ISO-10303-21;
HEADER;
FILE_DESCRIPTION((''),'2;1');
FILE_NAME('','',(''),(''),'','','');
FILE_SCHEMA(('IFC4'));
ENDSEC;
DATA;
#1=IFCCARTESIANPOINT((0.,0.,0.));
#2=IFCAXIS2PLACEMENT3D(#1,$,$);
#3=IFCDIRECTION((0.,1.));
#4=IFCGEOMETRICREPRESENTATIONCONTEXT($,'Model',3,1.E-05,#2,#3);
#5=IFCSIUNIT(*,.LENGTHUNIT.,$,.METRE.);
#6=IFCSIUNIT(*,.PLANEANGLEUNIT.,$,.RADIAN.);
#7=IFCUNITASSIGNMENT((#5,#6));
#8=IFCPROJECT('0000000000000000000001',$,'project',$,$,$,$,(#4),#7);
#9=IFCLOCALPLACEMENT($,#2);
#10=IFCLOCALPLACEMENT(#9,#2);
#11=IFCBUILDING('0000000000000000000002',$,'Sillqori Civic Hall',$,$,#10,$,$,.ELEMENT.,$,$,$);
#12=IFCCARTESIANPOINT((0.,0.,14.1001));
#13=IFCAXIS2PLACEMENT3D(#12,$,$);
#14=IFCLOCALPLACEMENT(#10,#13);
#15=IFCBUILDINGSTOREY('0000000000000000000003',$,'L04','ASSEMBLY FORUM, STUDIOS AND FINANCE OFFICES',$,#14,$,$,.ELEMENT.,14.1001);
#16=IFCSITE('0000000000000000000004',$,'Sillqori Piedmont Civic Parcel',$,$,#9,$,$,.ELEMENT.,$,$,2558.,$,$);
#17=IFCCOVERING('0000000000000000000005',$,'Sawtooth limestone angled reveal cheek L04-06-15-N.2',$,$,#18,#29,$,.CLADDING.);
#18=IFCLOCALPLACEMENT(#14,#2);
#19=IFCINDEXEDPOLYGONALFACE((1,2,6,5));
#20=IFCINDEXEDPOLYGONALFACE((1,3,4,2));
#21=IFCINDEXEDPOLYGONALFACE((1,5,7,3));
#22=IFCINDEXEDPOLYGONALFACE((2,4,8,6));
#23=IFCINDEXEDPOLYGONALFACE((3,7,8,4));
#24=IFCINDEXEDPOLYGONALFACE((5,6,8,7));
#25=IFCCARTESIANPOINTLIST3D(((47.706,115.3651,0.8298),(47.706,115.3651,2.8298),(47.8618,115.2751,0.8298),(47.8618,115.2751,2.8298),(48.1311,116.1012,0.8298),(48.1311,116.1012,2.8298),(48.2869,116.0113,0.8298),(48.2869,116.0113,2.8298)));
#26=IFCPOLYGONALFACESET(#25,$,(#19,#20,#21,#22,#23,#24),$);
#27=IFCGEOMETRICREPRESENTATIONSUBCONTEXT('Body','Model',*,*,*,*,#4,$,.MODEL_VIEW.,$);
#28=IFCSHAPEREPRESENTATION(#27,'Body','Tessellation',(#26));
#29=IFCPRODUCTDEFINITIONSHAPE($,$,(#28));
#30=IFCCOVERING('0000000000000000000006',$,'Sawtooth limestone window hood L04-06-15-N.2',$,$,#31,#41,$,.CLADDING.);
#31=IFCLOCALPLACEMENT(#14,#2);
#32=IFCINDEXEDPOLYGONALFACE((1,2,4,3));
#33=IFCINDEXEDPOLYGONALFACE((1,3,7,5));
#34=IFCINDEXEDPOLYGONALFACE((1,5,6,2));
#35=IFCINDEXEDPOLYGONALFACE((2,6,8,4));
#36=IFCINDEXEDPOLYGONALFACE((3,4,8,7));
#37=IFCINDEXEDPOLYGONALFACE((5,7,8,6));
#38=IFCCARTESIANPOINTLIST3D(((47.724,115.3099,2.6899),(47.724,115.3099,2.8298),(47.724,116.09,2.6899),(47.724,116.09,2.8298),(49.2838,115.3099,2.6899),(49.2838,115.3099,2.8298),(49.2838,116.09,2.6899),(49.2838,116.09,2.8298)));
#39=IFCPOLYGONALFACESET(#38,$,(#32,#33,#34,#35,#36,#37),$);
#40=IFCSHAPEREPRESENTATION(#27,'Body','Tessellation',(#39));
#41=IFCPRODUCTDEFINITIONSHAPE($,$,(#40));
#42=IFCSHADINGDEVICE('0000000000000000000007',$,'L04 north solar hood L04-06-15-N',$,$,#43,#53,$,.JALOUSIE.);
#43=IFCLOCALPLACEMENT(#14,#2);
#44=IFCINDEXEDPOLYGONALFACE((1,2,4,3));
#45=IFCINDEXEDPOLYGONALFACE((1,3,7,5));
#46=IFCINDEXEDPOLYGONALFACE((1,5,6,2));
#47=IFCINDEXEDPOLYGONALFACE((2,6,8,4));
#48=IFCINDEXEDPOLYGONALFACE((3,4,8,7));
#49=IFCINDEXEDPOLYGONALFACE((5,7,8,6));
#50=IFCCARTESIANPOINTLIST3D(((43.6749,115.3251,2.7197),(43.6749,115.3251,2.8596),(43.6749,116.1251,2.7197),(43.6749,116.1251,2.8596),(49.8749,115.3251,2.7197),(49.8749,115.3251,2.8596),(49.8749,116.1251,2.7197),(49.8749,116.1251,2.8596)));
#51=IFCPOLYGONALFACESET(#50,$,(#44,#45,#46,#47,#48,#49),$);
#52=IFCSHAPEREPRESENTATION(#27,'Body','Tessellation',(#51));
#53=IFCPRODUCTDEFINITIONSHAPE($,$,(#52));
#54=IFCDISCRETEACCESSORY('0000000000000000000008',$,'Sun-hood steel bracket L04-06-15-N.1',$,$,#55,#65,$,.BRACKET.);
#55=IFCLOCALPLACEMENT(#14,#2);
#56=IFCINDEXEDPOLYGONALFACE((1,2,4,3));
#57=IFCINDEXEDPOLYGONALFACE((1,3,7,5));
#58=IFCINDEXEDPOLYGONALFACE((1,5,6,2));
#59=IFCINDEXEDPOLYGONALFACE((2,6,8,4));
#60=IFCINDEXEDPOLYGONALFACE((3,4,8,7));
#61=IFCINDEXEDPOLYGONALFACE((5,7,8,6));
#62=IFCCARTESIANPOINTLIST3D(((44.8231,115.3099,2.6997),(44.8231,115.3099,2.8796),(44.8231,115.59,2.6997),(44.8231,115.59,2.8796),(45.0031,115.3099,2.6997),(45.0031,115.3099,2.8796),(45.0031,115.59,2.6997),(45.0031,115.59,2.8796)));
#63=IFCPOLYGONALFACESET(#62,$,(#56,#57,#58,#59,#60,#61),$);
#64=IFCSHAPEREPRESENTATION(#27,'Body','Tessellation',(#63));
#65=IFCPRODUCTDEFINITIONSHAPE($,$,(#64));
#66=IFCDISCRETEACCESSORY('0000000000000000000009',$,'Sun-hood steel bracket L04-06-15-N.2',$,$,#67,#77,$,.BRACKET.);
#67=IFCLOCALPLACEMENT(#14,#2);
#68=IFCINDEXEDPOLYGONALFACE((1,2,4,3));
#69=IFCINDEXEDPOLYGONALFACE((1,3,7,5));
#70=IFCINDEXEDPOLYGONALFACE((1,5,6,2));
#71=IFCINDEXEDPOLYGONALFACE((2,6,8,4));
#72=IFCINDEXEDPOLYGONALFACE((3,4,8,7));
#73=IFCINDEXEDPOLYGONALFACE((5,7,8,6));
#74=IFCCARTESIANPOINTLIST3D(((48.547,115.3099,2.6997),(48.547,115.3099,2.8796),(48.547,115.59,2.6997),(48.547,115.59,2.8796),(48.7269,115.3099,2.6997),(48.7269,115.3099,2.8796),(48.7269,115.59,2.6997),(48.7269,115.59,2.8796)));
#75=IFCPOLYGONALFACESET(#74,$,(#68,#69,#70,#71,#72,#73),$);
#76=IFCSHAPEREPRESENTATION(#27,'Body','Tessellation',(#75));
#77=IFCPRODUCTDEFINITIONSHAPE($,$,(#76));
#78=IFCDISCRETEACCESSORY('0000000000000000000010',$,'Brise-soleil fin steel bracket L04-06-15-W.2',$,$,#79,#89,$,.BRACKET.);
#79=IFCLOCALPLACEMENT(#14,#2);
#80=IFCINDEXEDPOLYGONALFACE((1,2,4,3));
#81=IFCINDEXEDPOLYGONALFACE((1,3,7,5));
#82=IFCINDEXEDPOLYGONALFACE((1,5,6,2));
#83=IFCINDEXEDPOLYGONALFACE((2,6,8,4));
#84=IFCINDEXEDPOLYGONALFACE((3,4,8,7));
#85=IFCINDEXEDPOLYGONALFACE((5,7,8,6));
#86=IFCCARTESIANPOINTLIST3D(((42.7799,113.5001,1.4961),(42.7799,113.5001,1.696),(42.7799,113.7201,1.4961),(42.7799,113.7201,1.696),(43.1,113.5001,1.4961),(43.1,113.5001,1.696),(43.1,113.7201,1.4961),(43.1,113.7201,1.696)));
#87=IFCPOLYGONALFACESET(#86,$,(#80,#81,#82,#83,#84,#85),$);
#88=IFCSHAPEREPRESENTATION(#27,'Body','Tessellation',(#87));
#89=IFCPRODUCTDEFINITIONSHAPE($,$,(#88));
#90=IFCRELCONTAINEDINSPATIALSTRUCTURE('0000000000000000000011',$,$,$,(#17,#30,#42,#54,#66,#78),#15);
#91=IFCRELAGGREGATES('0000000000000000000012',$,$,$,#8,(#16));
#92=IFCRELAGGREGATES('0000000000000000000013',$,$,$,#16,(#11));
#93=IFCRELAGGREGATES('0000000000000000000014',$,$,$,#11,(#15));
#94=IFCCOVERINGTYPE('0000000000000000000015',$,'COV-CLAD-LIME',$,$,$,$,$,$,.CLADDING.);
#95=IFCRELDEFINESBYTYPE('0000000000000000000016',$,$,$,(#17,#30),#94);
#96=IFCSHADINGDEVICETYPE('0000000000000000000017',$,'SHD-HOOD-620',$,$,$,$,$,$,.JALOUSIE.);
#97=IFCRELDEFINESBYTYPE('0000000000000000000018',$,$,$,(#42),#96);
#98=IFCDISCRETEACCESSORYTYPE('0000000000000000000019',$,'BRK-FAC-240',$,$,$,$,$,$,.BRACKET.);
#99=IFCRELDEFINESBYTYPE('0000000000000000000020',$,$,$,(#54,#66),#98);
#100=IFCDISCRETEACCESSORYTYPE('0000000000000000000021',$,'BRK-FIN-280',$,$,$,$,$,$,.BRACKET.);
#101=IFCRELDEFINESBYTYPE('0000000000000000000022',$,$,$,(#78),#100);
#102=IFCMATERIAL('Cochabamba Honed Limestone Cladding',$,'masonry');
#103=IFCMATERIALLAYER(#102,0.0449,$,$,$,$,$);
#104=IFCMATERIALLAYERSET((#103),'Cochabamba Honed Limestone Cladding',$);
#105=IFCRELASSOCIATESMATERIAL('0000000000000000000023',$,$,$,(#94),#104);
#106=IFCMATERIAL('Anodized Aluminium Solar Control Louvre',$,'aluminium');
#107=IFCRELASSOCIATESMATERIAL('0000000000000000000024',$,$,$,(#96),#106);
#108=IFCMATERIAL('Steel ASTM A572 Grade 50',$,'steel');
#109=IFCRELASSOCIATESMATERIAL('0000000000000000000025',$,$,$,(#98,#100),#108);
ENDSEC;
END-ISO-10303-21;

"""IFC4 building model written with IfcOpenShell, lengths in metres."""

from ifc_helpers import new_model, si_unit, direction, frame, frame_2d, origin, origin_2d, place, context, subcontext, project, spatial, rectangle, extrude, material, layer, layer_set, type_object, element, save


model = new_model("IFC4")

# Units and contexts
model_context = context("Model", 3, precision=1e-05, world=origin(), true_north=direction((0.0, 1.0)))
body_context = subcontext(model_context, "Body", "Model", "MODEL_VIEW")
ifc_project = project(units=[si_unit("LENGTHUNIT", "METRE"), si_unit("PLANEANGLEUNIT", "RADIAN")], contexts=[model_context])

# Site, building, storey
site_placement = place(None, origin())
site = spatial("IfcSite", under=ifc_project, at=site_placement, Name="Sillqori Piedmont Civic Parcel", CompositionType="ELEMENT", RefElevation=2558.0)
building_placement = place(site_placement, origin())
building = spatial("IfcBuilding", under=site, at=building_placement, Name="Sillqori Civic Hall", CompositionType="ELEMENT")
storey_placement = place(building_placement, frame((0.0, 0.0, 14.1001)))
storey = spatial("IfcBuildingStorey", under=building, at=storey_placement, Name="L04", Description="ASSEMBLY FORUM, STUDIOS AND FINANCE OFFICES", CompositionType="ELEMENT", Elevation=14.1001)

# Coverings
ifc_material_1 = material(Name="Cochabamba Honed Limestone Cladding", Category="masonry")
ifc_layer_1 = layer(ifc_material_1, 0.0449)
ifc_layer_set_1 = layer_set([ifc_layer_1], Name="Cochabamba Honed Limestone Cladding")
covering_type = type_object("IfcCoveringType", Name="COV-CLAD-LIME", PredefinedType="CLADDING", material=ifc_layer_set_1)
covering_1_placement = place(storey_placement, frame((47.7839, 115.3201, 0.8298), z_axis=(0.0, 0.0, 1.0), x_axis=(0.500062, 0.865989, 0.0)))
element("IfcCovering", 1, at=covering_1_placement, inside=storey, type_object=covering_type, Name="Sawtooth limestone angled reveal cheek L04-06-15-N.2", PredefinedType="CLADDING", context=body_context, shape_type="SweptSolid", body=[
    extrude(rectangle(XDim=0.8501, YDim=0.1799, at=frame_2d((0.425, 0.0))), origin(), (0.0, 0.0, 1.0), 2.0),
])
covering_2_placement = place(storey_placement, frame((47.7241, 115.7, 2.6899), z_axis=(0.0, 0.0, 1.0), x_axis=(1.0, 0.0, 0.0)))
element("IfcCovering", 2, at=covering_2_placement, inside=storey, type_object=covering_type, Name="Sawtooth limestone window hood L04-06-15-N.2", PredefinedType="CLADDING", context=body_context, shape_type="SweptSolid", body=[
    extrude(rectangle(XDim=1.5598, YDim=0.78, at=frame_2d((0.7798, 0.0))), origin(), (0.0, 0.0, 1.0), 0.1399),
])

# Shading device
ifc_material_2 = material(Name="Anodized Aluminium Solar Control Louvre", Category="aluminium")
shading_device_type = type_object("IfcShadingDeviceType", Name="SHD-HOOD-620", PredefinedType="JALOUSIE", material=ifc_material_2)
shading_device_placement = place(storey_placement, frame((46.7749, 115.7251, 2.7197), z_axis=(0.0, 0.0, 1.0), x_axis=(1.0, 0.0, 0.0)))
element("IfcShadingDevice", 3, at=shading_device_placement, inside=storey, type_object=shading_device_type, Name="L04 north solar hood L04-06-15-N", PredefinedType="JALOUSIE", context=body_context, shape_type="SweptSolid", body=[
    extrude(rectangle(XDim=6.2, YDim=0.8, at=origin_2d()), origin(), (0.0, 0.0, 1.0), 0.1399),
])

# Discrete accessories
ifc_material_3 = material(Name="Steel ASTM A572 Grade 50", Category="steel")
discrete_accessory_type_1 = type_object("IfcDiscreteAccessoryType", Name="BRK-FAC-240", PredefinedType="BRACKET", material=ifc_material_3)
for number, where, z_axis, x_axis, name in (
    (4, (44.9131, 115.45, 2.6997), (0.0, 0.0, 1.0), (1.0, 0.0, 0.0), "Sun-hood steel bracket L04-06-15-N.1"),
    (5, (48.637, 115.45, 2.6997), (0.0, 0.0, 1.0), (1.0, 0.0, 0.0), "Sun-hood steel bracket L04-06-15-N.2"),
):
    element("IfcDiscreteAccessory", number, at=place(storey_placement, frame(where, z_axis=z_axis, x_axis=x_axis)), inside=storey, type_object=discrete_accessory_type_1, Name=name, PredefinedType="BRACKET", context=body_context, shape_type="SweptSolid", body=[
        extrude(rectangle(XDim=0.1799, YDim=0.28, at=origin_2d()), origin(), (0.0, 0.0, 1.0), 0.1799),
    ])
discrete_accessory_type_2 = type_object("IfcDiscreteAccessoryType", Name="BRK-FIN-280", PredefinedType="BRACKET", material=ifc_material_3)
discrete_accessory_placement = place(storey_placement, frame((42.9399, 113.6101, 1.4961), z_axis=(0.0, 0.0, 1.0), x_axis=(0.0, 1.0, 0.0)))
element("IfcDiscreteAccessory", 6, at=discrete_accessory_placement, inside=storey, type_object=discrete_accessory_type_2, Name="Brise-soleil fin steel bracket L04-06-15-W.2", PredefinedType="BRACKET", context=body_context, shape_type="SweptSolid", body=[
    extrude(rectangle(XDim=0.22, YDim=0.3201, at=origin_2d()), origin(), (0.0, 0.0, 1.0), 0.2),
])

save(model, "model.ifc")
